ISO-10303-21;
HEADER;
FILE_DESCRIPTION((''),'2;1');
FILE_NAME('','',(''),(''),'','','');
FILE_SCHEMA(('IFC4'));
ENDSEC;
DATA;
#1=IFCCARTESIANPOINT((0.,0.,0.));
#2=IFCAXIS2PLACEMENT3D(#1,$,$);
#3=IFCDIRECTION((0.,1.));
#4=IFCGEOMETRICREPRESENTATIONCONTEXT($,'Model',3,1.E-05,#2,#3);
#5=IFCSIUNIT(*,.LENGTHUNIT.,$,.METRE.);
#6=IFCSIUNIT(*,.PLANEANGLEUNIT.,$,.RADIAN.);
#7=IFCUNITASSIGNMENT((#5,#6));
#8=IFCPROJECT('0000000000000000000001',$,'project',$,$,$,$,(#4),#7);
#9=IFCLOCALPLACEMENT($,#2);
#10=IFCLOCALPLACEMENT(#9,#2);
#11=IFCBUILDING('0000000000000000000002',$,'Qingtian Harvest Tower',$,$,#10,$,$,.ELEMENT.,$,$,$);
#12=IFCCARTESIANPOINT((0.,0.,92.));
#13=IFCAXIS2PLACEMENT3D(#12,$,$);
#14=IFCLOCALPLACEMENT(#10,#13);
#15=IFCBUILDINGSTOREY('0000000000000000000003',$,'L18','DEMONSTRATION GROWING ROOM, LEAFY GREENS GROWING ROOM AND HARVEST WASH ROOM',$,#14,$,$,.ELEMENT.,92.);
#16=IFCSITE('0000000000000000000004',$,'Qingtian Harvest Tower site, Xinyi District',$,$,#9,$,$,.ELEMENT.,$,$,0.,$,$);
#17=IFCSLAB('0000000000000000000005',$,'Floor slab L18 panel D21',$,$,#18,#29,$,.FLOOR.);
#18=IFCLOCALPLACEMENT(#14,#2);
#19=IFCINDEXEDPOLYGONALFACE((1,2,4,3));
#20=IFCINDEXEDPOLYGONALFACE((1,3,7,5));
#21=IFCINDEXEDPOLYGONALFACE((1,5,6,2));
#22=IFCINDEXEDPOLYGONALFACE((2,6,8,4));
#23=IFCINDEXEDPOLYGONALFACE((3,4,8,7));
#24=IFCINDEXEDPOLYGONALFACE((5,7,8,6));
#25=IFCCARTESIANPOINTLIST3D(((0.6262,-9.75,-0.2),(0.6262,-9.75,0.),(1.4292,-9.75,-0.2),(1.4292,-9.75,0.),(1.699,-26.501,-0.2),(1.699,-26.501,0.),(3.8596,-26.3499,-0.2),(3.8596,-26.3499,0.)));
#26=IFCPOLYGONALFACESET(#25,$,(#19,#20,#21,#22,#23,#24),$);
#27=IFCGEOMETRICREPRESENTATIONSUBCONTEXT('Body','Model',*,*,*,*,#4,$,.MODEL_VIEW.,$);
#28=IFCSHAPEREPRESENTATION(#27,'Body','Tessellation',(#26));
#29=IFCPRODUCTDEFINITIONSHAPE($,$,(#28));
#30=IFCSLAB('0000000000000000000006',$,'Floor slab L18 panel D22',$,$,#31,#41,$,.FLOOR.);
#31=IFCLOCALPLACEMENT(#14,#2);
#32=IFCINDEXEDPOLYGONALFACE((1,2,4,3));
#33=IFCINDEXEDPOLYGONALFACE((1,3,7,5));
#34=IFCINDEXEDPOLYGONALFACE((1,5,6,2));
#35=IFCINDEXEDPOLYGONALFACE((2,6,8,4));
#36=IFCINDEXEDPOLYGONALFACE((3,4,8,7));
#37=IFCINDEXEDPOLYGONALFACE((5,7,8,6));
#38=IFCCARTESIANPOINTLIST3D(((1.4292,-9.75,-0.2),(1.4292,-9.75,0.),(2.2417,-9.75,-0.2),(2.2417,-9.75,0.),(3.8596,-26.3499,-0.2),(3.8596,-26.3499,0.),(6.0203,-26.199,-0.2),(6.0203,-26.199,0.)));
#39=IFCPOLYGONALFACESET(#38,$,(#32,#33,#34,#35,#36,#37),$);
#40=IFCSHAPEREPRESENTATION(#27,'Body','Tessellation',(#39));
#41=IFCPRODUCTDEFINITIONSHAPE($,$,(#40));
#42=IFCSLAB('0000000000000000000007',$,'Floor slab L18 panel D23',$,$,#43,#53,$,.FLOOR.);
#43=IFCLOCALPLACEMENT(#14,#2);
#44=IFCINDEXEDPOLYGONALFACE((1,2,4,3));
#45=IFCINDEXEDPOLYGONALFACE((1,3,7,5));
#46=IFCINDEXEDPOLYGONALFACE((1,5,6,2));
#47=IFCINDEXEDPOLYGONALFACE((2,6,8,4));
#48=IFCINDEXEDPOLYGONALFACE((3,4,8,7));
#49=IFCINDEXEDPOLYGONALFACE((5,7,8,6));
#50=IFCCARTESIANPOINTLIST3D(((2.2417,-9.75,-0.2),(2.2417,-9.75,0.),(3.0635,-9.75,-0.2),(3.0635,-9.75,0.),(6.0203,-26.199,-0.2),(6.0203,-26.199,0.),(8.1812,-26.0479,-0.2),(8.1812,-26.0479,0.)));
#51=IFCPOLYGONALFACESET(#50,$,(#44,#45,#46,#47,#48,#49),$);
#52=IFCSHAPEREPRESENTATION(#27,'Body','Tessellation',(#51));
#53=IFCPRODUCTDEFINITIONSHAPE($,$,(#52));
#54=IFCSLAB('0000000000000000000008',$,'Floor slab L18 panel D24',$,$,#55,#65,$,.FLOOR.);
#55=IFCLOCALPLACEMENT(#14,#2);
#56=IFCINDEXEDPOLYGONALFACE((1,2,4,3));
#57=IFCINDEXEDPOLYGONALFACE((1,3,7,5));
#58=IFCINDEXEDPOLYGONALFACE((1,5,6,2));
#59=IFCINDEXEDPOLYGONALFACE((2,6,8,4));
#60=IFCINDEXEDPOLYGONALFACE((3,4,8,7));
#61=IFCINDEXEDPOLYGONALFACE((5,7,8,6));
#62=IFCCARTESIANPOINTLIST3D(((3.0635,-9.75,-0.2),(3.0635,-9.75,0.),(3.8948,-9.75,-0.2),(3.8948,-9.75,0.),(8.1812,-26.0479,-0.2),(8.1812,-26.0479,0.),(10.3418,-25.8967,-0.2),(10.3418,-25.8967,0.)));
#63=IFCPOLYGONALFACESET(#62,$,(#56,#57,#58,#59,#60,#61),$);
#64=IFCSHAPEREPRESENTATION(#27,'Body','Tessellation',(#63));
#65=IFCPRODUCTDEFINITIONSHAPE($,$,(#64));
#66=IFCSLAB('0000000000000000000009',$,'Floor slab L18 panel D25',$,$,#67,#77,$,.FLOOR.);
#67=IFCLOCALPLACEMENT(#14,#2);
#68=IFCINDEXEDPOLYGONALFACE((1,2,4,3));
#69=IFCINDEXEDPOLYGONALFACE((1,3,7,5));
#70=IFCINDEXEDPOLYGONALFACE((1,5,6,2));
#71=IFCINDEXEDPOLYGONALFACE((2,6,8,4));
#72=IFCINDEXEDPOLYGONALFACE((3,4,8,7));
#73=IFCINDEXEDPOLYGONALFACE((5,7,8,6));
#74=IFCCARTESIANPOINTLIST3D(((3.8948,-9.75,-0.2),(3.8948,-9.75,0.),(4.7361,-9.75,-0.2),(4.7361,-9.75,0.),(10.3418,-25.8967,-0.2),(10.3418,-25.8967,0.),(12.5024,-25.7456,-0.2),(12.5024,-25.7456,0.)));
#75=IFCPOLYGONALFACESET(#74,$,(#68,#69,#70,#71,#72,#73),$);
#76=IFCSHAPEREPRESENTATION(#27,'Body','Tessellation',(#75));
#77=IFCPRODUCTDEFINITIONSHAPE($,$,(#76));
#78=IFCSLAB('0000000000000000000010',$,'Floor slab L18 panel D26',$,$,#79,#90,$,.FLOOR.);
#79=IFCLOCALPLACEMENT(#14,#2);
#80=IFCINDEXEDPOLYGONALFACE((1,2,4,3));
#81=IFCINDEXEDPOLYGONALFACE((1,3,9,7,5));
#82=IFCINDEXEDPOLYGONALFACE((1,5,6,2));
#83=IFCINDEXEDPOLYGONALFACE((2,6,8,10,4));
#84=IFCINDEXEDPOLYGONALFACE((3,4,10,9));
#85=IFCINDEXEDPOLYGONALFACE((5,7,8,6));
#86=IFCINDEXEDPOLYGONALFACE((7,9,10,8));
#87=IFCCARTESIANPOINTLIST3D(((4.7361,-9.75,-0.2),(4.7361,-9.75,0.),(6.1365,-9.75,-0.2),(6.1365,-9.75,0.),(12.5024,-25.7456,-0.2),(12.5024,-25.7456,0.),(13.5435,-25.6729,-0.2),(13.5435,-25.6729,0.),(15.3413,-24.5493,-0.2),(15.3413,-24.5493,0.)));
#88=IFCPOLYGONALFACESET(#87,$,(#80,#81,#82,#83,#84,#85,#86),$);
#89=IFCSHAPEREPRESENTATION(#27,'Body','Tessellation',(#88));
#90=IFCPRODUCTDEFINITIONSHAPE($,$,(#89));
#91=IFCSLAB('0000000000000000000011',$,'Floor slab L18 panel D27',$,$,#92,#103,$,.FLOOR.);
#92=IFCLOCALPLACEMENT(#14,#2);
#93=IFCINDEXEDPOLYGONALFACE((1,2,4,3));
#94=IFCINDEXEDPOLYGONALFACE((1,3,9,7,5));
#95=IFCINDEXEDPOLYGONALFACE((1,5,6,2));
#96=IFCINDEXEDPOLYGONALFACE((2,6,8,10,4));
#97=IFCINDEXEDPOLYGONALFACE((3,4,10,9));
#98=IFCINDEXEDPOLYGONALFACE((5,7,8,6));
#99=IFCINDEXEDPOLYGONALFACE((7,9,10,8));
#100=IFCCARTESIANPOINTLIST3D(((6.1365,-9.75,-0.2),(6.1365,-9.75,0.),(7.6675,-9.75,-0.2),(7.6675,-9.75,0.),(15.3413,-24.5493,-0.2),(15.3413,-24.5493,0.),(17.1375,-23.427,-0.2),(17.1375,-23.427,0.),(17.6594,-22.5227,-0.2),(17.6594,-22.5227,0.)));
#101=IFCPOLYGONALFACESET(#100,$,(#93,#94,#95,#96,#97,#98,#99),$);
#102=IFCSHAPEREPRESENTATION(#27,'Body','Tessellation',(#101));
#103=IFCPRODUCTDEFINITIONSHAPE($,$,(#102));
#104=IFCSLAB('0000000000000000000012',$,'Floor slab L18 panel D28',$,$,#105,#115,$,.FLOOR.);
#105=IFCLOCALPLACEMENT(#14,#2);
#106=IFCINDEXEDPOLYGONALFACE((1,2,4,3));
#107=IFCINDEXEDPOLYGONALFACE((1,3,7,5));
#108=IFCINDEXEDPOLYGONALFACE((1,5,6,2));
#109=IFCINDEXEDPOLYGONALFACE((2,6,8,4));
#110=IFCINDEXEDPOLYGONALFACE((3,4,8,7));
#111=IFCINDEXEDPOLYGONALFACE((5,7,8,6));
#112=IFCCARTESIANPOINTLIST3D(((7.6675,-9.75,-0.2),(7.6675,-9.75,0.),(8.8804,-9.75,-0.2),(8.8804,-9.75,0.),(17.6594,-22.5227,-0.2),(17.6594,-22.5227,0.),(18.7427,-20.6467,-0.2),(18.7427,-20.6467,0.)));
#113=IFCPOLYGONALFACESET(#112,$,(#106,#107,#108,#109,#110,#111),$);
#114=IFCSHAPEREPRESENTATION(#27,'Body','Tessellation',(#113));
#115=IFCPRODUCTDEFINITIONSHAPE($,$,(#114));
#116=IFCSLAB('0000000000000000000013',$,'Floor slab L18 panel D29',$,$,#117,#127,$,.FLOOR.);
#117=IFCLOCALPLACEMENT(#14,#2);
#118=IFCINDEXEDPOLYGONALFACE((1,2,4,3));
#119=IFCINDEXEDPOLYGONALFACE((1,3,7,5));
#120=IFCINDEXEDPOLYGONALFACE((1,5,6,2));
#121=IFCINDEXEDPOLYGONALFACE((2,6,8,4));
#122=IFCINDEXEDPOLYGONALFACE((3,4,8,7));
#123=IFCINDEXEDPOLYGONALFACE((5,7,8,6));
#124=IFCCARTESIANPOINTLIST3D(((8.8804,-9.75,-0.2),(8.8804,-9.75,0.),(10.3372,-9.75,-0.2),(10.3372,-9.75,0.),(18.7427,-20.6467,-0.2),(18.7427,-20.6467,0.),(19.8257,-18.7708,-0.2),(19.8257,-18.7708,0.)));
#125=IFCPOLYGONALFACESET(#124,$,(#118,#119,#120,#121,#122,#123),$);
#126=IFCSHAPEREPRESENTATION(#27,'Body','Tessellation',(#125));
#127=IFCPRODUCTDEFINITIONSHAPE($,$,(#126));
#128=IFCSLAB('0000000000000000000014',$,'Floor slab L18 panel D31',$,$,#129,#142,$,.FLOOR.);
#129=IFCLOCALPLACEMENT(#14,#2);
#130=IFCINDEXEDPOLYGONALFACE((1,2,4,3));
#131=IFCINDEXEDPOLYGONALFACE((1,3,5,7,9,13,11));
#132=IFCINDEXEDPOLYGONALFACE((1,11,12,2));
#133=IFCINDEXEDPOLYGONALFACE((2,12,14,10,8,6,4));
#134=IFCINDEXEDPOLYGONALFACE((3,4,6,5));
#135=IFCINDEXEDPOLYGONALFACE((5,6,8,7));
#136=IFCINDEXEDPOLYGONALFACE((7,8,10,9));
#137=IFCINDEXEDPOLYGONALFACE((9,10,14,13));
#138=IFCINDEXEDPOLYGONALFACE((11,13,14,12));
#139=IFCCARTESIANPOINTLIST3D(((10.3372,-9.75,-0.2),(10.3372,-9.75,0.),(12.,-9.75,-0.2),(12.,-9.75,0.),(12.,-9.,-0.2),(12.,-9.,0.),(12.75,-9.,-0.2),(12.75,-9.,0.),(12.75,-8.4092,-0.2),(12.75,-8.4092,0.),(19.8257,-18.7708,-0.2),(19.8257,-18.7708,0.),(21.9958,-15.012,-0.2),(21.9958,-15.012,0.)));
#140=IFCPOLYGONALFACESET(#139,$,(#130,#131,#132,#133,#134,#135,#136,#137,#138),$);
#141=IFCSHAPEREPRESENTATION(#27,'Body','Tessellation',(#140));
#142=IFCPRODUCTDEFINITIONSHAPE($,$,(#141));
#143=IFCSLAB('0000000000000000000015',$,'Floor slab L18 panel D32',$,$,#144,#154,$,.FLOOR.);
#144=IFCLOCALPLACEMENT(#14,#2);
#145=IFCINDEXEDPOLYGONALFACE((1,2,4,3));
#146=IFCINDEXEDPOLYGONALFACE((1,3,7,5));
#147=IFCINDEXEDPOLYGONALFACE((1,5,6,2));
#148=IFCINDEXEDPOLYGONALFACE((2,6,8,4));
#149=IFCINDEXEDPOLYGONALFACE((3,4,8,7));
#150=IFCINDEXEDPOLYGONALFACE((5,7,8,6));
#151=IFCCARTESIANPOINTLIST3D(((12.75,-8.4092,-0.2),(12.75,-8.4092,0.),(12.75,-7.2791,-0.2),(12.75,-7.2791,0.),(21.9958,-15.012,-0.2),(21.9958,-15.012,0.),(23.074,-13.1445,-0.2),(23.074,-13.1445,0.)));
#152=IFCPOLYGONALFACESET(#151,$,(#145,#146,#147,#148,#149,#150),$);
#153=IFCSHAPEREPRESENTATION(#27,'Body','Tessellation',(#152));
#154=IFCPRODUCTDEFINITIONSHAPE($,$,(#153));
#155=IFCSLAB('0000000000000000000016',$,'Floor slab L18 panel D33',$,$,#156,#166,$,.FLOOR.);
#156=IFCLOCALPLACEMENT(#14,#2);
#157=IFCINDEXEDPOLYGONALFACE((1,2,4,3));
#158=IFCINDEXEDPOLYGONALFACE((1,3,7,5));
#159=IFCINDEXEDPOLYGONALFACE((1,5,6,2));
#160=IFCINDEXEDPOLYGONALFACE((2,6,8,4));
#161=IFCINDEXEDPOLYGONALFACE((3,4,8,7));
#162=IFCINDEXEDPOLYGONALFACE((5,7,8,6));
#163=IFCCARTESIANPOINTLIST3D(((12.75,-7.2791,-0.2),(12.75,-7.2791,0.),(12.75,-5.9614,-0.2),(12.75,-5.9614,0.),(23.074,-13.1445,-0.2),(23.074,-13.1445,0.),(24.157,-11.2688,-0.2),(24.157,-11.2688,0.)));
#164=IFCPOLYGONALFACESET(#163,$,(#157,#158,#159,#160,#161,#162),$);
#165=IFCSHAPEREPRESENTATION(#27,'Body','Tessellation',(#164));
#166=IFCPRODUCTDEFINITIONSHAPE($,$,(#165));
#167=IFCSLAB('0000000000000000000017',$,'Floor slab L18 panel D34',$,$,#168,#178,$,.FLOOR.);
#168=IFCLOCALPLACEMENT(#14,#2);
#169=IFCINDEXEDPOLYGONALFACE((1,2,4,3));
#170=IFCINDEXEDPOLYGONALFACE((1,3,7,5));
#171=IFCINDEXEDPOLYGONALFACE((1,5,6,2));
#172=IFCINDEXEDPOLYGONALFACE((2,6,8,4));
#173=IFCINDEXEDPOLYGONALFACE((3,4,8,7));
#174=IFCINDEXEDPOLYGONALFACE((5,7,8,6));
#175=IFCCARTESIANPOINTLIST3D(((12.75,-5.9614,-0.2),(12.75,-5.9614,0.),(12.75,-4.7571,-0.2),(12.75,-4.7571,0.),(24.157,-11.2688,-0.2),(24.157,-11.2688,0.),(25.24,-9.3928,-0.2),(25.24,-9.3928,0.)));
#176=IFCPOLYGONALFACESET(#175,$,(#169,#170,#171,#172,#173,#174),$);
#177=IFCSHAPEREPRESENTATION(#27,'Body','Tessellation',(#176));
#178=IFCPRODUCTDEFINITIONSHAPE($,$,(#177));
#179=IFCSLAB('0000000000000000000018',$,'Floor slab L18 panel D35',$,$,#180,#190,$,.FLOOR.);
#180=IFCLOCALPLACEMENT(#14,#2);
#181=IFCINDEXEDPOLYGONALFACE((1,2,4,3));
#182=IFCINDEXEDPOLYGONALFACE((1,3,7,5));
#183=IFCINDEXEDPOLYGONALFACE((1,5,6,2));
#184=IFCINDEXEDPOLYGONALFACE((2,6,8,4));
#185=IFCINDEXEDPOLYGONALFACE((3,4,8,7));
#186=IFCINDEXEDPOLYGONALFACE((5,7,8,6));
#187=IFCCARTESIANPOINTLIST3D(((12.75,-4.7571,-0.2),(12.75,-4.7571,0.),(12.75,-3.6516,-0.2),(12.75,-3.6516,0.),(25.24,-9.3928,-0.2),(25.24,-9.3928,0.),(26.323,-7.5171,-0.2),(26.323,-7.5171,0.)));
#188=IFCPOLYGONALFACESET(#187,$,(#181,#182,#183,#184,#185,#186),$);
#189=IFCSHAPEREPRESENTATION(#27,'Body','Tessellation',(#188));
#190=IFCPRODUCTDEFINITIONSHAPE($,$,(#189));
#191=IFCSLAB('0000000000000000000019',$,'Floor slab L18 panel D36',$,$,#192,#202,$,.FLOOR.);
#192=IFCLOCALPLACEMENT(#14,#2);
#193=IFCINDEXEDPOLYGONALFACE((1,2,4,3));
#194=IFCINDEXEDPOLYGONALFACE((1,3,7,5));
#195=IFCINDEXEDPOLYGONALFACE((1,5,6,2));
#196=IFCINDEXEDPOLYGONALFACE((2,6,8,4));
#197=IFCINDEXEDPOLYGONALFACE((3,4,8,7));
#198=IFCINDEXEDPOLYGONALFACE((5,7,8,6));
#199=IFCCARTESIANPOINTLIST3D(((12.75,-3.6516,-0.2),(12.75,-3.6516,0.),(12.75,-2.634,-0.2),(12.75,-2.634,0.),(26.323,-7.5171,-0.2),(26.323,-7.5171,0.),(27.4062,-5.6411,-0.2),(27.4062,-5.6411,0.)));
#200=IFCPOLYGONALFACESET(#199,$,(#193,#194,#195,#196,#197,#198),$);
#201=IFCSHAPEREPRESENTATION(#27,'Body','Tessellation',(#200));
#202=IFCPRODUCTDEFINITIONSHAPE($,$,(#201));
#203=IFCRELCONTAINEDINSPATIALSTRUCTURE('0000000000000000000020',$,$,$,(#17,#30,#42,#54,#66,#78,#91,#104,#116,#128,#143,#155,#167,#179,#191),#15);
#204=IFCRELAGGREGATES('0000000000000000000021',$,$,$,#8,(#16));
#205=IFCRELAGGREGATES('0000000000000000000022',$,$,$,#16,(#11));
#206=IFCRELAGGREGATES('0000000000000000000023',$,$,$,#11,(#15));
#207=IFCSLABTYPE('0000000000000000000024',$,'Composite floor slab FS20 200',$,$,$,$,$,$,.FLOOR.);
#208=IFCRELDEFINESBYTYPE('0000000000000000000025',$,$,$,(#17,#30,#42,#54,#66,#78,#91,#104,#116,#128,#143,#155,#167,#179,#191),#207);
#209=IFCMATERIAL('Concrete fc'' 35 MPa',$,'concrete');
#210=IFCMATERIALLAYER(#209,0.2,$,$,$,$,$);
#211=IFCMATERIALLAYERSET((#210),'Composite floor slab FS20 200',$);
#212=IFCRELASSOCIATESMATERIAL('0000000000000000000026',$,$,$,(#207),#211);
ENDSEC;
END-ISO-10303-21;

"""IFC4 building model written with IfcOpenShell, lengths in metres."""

from ifc_helpers import new_model, si_unit, direction, frame, origin, place, context, subcontext, project, spatial, polyline, outline, extrude, material, layer, layer_set, type_object, element, save


model = new_model("IFC4")

# Units and contexts
model_context = context("Model", 3, precision=1e-05, world=origin(), true_north=direction((0.0, 1.0)))
body_context = subcontext(model_context, "Body", "Model", "MODEL_VIEW")
ifc_project = project(units=[si_unit("LENGTHUNIT", "METRE"), si_unit("PLANEANGLEUNIT", "RADIAN")], contexts=[model_context])

# Site, building, storey
site_placement = place(None, origin())
site = spatial("IfcSite", under=ifc_project, at=site_placement, Name="Qingtian Harvest Tower site, Xinyi District", CompositionType="ELEMENT", RefElevation=0.0)
building_placement = place(site_placement, origin())
building = spatial("IfcBuilding", under=site, at=building_placement, Name="Qingtian Harvest Tower", CompositionType="ELEMENT")
storey_placement = place(building_placement, frame((0.0, 0.0, 92.0)))
storey = spatial("IfcBuildingStorey", under=building, at=storey_placement, Name="L18", Description="DEMONSTRATION GROWING ROOM, LEAFY GREENS GROWING ROOM AND HARVEST WASH ROOM", CompositionType="ELEMENT", Elevation=92.0)

# Slabs
ifc_material = material(Name="Concrete fc' 35 MPa", Category="concrete")
ifc_layer = layer(ifc_material, 0.2)
ifc_layer_set = layer_set([ifc_layer], Name="Composite floor slab FS20 200")
slab_type = type_object("IfcSlabType", Name="Composite floor slab FS20 200", PredefinedType="FLOOR", material=ifc_layer_set)
slab_1_placement = place(storey_placement, frame((0.0, 0.0, -0.2)))
element("IfcSlab", 1, at=slab_1_placement, inside=storey, type_object=slab_type, Name="Floor slab L18 panel D21", PredefinedType="FLOOR", context=body_context, shape_type="SweptSolid", body=[
    extrude(outline(polyline([(1.4292, -9.75), (3.8596, -26.3499), (1.699, -26.501), (0.6262, -9.75), (1.4292, -9.75)])), origin(), (0.0, 0.0, 1.0), 0.2),
])
slab_2_placement = place(storey_placement, frame((0.0, 0.0, -0.2)))
element("IfcSlab", 2, at=slab_2_placement, inside=storey, type_object=slab_type, Name="Floor slab L18 panel D22", PredefinedType="FLOOR", context=body_context, shape_type="SweptSolid", body=[
    extrude(outline(polyline([(2.2417, -9.75), (6.0203, -26.199), (3.8596, -26.3499), (1.4292, -9.75), (2.2417, -9.75)])), origin(), (0.0, 0.0, 1.0), 0.2),
])
slab_3_placement = place(storey_placement, frame((0.0, 0.0, -0.2)))
element("IfcSlab", 3, at=slab_3_placement, inside=storey, type_object=slab_type, Name="Floor slab L18 panel D23", PredefinedType="FLOOR", context=body_context, shape_type="SweptSolid", body=[
    extrude(outline(polyline([(3.0635, -9.75), (8.1812, -26.0479), (6.0203, -26.199), (2.2417, -9.75), (3.0635, -9.75)])), origin(), (0.0, 0.0, 1.0), 0.2),
])
slab_4_placement = place(storey_placement, frame((0.0, 0.0, -0.2)))
element("IfcSlab", 4, at=slab_4_placement, inside=storey, type_object=slab_type, Name="Floor slab L18 panel D24", PredefinedType="FLOOR", context=body_context, shape_type="SweptSolid", body=[
    extrude(outline(polyline([(3.8948, -9.75), (10.3418, -25.8967), (8.1812, -26.0479), (3.0635, -9.75), (3.8948, -9.75)])), origin(), (0.0, 0.0, 1.0), 0.2),
])
slab_5_placement = place(storey_placement, frame((0.0, 0.0, -0.2)))
element("IfcSlab", 5, at=slab_5_placement, inside=storey, type_object=slab_type, Name="Floor slab L18 panel D25", PredefinedType="FLOOR", context=body_context, shape_type="SweptSolid", body=[
    extrude(outline(polyline([(4.7361, -9.75), (12.5024, -25.7456), (10.3418, -25.8967), (3.8948, -9.75), (4.7361, -9.75)])), origin(), (0.0, 0.0, 1.0), 0.2),
])
slab_6_placement = place(storey_placement, frame((0.0, 0.0, -0.2)))
element("IfcSlab", 6, at=slab_6_placement, inside=storey, type_object=slab_type, Name="Floor slab L18 panel D26", PredefinedType="FLOOR", context=body_context, shape_type="SweptSolid", body=[
    extrude(outline(polyline([(4.7361, -9.75), (6.1365, -9.75), (15.3413, -24.5493), (13.5435, -25.6729), (12.5024, -25.7456), (4.7361, -9.75)])), origin(), (0.0, 0.0, 1.0), 0.2),
])
slab_7_placement = place(storey_placement, frame((0.0, 0.0, -0.2)))
element("IfcSlab", 7, at=slab_7_placement, inside=storey, type_object=slab_type, Name="Floor slab L18 panel D27", PredefinedType="FLOOR", context=body_context, shape_type="SweptSolid", body=[
    extrude(outline(polyline([(6.1365, -9.75), (7.6675, -9.75), (17.6594, -22.5227), (17.1375, -23.427), (15.3413, -24.5493), (6.1365, -9.75)])), origin(), (0.0, 0.0, 1.0), 0.2),
])
slab_8_placement = place(storey_placement, frame((0.0, 0.0, -0.2)))
element("IfcSlab", 8, at=slab_8_placement, inside=storey, type_object=slab_type, Name="Floor slab L18 panel D28", PredefinedType="FLOOR", context=body_context, shape_type="SweptSolid", body=[
    extrude(outline(polyline([(8.8804, -9.75), (18.7427, -20.6467), (17.6594, -22.5227), (7.6675, -9.75), (8.8804, -9.75)])), origin(), (0.0, 0.0, 1.0), 0.2),
])
slab_9_placement = place(storey_placement, frame((0.0, 0.0, -0.2)))
element("IfcSlab", 9, at=slab_9_placement, inside=storey, type_object=slab_type, Name="Floor slab L18 panel D29", PredefinedType="FLOOR", context=body_context, shape_type="SweptSolid", body=[
    extrude(outline(polyline([(10.3372, -9.75), (19.8257, -18.7708), (18.7427, -20.6467), (8.8804, -9.75), (10.3372, -9.75)])), origin(), (0.0, 0.0, 1.0), 0.2),
])
slab_10_placement = place(storey_placement, frame((0.0, 0.0, -0.2)))
element("IfcSlab", 10, at=slab_10_placement, inside=storey, type_object=slab_type, Name="Floor slab L18 panel D31", PredefinedType="FLOOR", context=body_context, shape_type="SweptSolid", body=[
    extrude(outline(polyline([(12.75, -8.4092), (21.9958, -15.012), (19.8257, -18.7708), (10.3372, -9.75), (12.0, -9.75), (12.0, -9.0), (12.75, -9.0), (12.75, -8.4092)])), origin(), (0.0, 0.0, 1.0), 0.2),
])
slab_11_placement = place(storey_placement, frame((0.0, 0.0, -0.2)))
element("IfcSlab", 11, at=slab_11_placement, inside=storey, type_object=slab_type, Name="Floor slab L18 panel D32", PredefinedType="FLOOR", context=body_context, shape_type="SweptSolid", body=[
    extrude(outline(polyline([(12.75, -7.2791), (23.074, -13.1445), (21.9958, -15.012), (12.75, -8.4092), (12.75, -7.2791)])), origin(), (0.0, 0.0, 1.0), 0.2),
])
slab_12_placement = place(storey_placement, frame((0.0, 0.0, -0.2)))
element("IfcSlab", 12, at=slab_12_placement, inside=storey, type_object=slab_type, Name="Floor slab L18 panel D33", PredefinedType="FLOOR", context=body_context, shape_type="SweptSolid", body=[
    extrude(outline(polyline([(12.75, -5.9614), (24.157, -11.2688), (23.074, -13.1445), (12.75, -7.2791), (12.75, -5.9614)])), origin(), (0.0, 0.0, 1.0), 0.2),
])
slab_13_placement = place(storey_placement, frame((0.0, 0.0, -0.2)))
element("IfcSlab", 13, at=slab_13_placement, inside=storey, type_object=slab_type, Name="Floor slab L18 panel D34", PredefinedType="FLOOR", context=body_context, shape_type="SweptSolid", body=[
    extrude(outline(polyline([(12.75, -4.7571), (25.24, -9.3928), (24.157, -11.2688), (12.75, -5.9614), (12.75, -4.7571)])), origin(), (0.0, 0.0, 1.0), 0.2),
])
slab_14_placement = place(storey_placement, frame((0.0, 0.0, -0.2)))
element("IfcSlab", 14, at=slab_14_placement, inside=storey, type_object=slab_type, Name="Floor slab L18 panel D35", PredefinedType="FLOOR", context=body_context, shape_type="SweptSolid", body=[
    extrude(outline(polyline([(12.75, -3.6516), (26.323, -7.5171), (25.24, -9.3928), (12.75, -4.7571), (12.75, -3.6516)])), origin(), (0.0, 0.0, 1.0), 0.2),
])
slab_15_placement = place(storey_placement, frame((0.0, 0.0, -0.2)))
element("IfcSlab", 15, at=slab_15_placement, inside=storey, type_object=slab_type, Name="Floor slab L18 panel D36", PredefinedType="FLOOR", context=body_context, shape_type="SweptSolid", body=[
    extrude(outline(polyline([(12.75, -2.634), (27.4062, -5.6411), (26.323, -7.5171), (12.75, -3.6516), (12.75, -2.634)])), origin(), (0.0, 0.0, 1.0), 0.2),
])

save(model, "model.ifc")
